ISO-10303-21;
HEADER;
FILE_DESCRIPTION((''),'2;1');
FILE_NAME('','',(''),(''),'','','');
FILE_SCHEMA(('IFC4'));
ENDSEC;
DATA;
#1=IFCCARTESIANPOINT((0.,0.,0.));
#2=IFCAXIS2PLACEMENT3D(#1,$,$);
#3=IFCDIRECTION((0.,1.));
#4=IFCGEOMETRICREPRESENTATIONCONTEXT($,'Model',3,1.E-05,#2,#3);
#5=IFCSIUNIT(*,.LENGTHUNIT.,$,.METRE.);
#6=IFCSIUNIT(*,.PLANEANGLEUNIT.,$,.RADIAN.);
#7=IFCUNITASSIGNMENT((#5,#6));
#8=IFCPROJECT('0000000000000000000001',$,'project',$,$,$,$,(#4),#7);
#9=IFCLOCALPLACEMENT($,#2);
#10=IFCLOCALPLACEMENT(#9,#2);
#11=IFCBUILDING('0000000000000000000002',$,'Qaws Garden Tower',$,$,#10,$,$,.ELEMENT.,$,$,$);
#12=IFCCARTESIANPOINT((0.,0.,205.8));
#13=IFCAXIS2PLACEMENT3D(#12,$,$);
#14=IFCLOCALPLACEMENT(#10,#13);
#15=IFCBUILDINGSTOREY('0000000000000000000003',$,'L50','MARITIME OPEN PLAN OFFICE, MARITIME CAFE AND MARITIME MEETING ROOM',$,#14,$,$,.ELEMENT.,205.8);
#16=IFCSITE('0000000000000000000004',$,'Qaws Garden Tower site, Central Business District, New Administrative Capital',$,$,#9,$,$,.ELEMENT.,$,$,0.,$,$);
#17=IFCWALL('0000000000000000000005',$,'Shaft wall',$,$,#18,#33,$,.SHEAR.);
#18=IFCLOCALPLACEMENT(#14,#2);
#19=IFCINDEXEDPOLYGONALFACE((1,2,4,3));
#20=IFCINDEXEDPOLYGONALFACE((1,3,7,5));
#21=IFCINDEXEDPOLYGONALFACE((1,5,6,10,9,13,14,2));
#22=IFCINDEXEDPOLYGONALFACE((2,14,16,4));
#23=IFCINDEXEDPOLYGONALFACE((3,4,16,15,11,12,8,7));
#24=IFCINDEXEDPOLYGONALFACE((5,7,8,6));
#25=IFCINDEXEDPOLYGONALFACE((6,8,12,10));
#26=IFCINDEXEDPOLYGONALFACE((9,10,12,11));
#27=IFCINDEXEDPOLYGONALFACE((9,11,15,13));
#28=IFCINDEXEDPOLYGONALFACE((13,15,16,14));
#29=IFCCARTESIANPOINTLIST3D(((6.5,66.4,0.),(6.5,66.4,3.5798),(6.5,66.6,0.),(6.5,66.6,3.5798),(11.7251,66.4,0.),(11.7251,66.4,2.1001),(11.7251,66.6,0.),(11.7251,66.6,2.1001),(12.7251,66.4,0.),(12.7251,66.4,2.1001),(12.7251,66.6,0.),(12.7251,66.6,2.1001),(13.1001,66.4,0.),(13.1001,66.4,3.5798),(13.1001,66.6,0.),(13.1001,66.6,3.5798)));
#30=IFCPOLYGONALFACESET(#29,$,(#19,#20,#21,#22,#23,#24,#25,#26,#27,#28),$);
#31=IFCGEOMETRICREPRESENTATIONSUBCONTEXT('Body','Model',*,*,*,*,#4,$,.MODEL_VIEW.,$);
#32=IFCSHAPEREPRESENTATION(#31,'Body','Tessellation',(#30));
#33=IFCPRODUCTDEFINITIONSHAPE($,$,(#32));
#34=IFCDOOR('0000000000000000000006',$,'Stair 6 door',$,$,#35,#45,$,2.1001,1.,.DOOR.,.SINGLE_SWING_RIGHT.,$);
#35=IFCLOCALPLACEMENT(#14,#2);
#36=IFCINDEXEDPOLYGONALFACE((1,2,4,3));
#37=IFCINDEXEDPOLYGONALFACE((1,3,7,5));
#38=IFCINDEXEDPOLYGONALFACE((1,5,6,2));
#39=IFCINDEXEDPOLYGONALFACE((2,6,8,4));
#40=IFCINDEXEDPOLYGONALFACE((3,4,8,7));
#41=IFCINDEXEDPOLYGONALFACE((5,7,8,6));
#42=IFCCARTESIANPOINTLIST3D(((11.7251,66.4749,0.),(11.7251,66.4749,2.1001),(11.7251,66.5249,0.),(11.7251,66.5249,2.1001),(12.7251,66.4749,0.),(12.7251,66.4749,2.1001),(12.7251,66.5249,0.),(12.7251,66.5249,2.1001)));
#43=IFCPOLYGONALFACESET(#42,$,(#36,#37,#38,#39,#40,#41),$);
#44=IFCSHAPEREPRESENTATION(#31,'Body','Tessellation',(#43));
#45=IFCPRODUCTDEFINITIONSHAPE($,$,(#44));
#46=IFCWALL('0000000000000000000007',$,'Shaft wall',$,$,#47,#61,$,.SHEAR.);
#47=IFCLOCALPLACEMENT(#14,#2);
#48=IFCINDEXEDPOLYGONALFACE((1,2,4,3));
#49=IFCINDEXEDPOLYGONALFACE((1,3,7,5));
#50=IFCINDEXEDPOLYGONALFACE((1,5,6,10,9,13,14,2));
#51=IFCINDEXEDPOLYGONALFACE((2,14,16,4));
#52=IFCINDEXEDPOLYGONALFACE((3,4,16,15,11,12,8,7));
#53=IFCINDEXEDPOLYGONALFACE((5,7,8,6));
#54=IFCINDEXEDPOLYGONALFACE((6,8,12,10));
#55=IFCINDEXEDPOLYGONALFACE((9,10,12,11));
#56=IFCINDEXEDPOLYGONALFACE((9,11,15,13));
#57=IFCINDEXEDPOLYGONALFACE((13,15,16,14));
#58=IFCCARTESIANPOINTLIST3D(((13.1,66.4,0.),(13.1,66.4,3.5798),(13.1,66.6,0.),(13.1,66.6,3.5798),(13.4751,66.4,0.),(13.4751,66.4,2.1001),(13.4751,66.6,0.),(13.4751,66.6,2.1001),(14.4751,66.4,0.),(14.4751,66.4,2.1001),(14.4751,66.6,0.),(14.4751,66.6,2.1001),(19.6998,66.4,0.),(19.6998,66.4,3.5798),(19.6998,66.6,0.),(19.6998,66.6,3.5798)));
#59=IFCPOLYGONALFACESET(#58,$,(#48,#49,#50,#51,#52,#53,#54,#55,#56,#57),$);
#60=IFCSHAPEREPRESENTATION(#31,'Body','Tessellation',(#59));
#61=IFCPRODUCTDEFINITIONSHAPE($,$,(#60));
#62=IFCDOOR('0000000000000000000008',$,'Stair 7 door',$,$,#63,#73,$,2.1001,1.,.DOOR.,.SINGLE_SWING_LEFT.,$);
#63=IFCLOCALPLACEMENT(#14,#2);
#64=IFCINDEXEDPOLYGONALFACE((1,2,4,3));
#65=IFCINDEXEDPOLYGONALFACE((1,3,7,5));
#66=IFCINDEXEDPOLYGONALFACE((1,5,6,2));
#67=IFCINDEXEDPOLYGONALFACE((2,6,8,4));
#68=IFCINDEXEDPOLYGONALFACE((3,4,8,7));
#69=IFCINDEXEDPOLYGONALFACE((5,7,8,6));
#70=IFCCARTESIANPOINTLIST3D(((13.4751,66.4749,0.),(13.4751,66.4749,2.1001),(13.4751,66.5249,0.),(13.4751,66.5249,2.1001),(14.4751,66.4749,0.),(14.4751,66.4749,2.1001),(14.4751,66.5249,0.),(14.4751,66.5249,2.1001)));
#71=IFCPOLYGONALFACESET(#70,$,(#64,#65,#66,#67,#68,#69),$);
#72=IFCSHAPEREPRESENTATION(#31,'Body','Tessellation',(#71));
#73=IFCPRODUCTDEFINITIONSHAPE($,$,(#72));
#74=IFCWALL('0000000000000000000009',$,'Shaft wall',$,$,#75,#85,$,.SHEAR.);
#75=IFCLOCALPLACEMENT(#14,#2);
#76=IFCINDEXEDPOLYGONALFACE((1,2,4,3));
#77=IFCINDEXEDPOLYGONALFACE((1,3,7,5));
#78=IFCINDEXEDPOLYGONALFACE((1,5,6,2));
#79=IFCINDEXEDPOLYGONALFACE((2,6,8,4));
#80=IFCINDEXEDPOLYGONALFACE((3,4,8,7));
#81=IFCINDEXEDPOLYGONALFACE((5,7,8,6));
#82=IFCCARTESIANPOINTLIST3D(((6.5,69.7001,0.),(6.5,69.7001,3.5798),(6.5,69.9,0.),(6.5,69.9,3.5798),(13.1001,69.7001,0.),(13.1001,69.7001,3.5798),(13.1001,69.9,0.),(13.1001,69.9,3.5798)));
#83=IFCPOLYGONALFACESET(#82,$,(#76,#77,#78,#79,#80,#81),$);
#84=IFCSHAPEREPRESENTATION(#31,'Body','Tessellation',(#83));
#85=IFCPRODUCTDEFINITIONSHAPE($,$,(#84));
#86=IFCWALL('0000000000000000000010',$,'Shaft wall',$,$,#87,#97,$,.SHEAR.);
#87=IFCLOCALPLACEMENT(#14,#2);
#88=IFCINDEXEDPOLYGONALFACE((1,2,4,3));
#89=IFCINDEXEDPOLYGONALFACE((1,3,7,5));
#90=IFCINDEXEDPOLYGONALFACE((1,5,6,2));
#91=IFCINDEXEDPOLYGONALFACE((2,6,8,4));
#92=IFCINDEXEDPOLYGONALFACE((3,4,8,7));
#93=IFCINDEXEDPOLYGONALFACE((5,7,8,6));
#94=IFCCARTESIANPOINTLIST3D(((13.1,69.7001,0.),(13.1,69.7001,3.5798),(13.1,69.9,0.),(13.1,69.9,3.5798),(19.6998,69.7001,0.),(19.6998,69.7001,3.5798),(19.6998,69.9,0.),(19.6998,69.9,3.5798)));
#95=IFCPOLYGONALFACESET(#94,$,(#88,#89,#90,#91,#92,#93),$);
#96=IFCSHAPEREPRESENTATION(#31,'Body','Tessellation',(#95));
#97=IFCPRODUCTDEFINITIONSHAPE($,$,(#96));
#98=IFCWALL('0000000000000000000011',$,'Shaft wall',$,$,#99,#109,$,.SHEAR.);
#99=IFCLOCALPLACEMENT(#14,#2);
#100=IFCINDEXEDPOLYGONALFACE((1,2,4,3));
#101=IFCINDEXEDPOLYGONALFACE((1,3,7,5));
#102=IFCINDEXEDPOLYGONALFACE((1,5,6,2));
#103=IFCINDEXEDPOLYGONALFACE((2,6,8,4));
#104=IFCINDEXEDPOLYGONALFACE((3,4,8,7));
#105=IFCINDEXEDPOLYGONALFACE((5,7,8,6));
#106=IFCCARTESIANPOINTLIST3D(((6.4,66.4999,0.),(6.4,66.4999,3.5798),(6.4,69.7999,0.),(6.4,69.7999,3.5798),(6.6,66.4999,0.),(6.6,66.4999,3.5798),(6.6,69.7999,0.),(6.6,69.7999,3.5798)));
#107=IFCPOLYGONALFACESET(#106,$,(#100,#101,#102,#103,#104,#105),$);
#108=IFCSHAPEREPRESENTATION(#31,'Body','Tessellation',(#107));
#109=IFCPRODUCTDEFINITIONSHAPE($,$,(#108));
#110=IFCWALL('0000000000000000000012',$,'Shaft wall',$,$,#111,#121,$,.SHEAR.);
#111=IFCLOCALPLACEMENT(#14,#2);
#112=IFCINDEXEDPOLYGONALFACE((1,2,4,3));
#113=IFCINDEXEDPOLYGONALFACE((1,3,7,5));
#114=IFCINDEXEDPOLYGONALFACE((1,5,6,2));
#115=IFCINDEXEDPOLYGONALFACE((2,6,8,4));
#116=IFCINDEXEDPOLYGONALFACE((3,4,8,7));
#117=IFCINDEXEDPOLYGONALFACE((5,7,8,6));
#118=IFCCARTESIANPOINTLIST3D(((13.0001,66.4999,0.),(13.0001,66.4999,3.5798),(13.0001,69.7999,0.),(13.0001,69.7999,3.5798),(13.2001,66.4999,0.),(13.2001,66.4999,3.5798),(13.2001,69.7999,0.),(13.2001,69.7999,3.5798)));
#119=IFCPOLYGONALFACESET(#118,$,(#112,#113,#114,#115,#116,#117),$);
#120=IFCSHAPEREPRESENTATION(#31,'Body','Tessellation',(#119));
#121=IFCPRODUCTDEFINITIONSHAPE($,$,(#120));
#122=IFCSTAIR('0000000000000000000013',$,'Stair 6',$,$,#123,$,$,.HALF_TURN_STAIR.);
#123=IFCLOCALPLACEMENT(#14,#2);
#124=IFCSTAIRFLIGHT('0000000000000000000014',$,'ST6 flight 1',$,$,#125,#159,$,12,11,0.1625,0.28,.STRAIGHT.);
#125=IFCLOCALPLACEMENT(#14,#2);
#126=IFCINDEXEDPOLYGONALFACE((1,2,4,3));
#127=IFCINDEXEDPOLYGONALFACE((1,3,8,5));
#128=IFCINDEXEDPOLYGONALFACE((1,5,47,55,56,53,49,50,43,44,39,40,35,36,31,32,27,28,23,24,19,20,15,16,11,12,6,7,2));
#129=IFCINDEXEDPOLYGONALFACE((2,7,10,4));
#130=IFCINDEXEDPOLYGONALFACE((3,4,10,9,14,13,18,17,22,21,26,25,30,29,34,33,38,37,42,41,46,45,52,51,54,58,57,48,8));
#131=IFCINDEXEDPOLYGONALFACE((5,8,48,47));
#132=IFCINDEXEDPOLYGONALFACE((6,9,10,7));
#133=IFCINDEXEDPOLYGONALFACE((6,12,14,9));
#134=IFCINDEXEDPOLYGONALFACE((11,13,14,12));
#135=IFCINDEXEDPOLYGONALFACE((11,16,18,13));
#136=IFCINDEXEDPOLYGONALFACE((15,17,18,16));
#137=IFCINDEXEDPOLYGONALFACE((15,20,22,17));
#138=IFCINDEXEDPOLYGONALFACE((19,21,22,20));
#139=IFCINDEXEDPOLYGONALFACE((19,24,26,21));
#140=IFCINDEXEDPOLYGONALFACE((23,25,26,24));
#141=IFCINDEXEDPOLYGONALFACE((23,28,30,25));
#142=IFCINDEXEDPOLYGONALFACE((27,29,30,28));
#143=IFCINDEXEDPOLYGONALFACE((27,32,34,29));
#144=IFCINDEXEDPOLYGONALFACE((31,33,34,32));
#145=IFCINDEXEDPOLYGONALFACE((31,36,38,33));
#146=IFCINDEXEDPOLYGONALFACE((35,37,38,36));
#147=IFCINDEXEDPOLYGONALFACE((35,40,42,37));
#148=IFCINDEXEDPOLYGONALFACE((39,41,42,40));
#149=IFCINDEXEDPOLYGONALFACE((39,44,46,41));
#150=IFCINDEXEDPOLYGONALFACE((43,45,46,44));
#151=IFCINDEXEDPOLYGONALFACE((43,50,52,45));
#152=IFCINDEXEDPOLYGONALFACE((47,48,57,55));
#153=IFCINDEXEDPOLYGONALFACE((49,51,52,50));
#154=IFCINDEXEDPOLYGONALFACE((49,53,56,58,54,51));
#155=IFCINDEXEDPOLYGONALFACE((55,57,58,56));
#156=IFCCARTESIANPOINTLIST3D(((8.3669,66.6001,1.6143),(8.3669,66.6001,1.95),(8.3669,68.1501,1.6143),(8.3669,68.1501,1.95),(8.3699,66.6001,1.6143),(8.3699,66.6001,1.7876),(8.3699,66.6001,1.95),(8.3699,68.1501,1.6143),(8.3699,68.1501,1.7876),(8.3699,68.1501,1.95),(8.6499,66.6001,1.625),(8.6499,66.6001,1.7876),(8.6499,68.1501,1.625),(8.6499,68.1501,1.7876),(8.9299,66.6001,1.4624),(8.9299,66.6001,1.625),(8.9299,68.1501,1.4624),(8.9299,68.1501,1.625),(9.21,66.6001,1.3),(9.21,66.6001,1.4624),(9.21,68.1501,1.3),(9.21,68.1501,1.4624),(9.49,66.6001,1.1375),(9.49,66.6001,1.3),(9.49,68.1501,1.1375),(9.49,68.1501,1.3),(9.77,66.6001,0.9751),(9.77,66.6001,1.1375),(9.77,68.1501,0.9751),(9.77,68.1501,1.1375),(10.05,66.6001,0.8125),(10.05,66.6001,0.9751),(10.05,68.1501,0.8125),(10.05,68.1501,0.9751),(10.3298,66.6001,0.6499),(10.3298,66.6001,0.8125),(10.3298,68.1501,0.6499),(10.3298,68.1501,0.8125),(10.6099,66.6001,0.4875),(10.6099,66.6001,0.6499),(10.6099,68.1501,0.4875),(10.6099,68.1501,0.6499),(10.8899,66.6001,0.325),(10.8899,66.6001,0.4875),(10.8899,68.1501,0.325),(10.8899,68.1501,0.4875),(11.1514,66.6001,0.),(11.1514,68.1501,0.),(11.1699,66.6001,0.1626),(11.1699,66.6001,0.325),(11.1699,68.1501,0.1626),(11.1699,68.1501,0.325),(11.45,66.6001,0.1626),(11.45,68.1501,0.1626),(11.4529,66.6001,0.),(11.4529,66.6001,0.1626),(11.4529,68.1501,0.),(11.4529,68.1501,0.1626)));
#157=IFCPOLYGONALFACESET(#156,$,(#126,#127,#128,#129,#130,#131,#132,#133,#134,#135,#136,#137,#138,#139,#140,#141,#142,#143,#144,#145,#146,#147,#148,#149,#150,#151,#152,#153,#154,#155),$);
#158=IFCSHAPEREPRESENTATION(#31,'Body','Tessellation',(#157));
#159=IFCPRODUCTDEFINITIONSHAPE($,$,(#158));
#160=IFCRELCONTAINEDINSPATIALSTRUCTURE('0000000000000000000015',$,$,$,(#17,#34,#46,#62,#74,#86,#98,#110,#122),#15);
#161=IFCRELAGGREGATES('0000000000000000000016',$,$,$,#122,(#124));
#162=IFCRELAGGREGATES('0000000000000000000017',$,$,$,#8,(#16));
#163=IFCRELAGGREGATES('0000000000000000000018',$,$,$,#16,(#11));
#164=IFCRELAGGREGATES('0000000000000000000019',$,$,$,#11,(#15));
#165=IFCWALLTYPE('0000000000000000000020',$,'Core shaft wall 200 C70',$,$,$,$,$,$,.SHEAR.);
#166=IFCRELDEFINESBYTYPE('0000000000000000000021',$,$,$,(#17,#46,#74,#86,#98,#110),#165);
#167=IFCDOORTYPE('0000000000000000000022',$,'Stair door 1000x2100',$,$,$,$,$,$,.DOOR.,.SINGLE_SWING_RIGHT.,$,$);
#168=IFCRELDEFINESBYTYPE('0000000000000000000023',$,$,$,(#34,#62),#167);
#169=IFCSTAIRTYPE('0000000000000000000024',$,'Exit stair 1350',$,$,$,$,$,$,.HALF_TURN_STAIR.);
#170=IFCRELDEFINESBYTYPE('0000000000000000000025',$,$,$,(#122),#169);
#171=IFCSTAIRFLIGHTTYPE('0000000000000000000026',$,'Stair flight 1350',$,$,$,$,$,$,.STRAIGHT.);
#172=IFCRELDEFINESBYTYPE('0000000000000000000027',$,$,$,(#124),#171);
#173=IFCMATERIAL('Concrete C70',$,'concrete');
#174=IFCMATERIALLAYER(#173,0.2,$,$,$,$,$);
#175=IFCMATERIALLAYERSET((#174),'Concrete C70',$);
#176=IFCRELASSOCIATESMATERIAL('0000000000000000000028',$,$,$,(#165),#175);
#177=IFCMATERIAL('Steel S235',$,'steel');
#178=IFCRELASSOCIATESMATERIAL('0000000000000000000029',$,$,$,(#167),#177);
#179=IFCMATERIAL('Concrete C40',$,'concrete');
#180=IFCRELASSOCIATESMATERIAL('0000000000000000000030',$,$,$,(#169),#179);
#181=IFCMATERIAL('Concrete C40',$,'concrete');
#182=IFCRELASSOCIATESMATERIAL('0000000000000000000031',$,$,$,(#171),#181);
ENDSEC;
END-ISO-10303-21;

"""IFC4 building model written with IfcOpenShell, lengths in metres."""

from ifc_helpers import new_model, si_unit, direction, frame, frame_2d, origin, place, context, subcontext, project, spatial, polyline, rectangle, outline, extrude, material, layer, layer_set, type_object, element, fill, aggregate, save


model = new_model("IFC4")

# Units and contexts
model_context = context("Model", 3, precision=1e-05, world=origin(), true_north=direction((0.0, 1.0)))
body_context = subcontext(model_context, "Body", "Model", "MODEL_VIEW")
ifc_project = project(units=[si_unit("LENGTHUNIT", "METRE"), si_unit("PLANEANGLEUNIT", "RADIAN")], contexts=[model_context])

# Site, building, storey
site_placement = place(None, origin())
site = spatial("IfcSite", under=ifc_project, at=site_placement, Name="Qaws Garden Tower site, Central Business District, New Administrative Capital", CompositionType="ELEMENT", RefElevation=0.0)
building_placement = place(site_placement, origin())
building = spatial("IfcBuilding", under=site, at=building_placement, Name="Qaws Garden Tower", CompositionType="ELEMENT")
storey_placement = place(building_placement, frame((0.0, 0.0, 205.8)))
storey = spatial("IfcBuildingStorey", under=building, at=storey_placement, Name="L50", Description="MARITIME OPEN PLAN OFFICE, MARITIME CAFE AND MARITIME MEETING ROOM", CompositionType="ELEMENT", Elevation=205.8)

# Walls, openings, doors
ifc_material_1 = material(Name="Concrete C70", Category="concrete")
ifc_layer_1 = layer(ifc_material_1, 0.2)
ifc_layer_set_1 = layer_set([ifc_layer_1], Name="Concrete C70")
wall_type_1 = type_object("IfcWallType", Name="Core shaft wall 200 C70", PredefinedType="SHEAR", material=ifc_layer_set_1)
wall_1_placement = place(storey_placement, frame((6.5, 66.5, 0.0), z_axis=(0.0, 0.0, 1.0), x_axis=(1.0, 0.0, 0.0)))
wall_1 = element("IfcWall", 1, at=wall_1_placement, inside=storey, type_object=wall_type_1, Name="Shaft wall", PredefinedType="SHEAR", context=body_context, shape_type="SweptSolid", body=[
    extrude(rectangle(XDim=6.6001, YDim=0.2, at=frame_2d((3.3, 0.0))), origin(), (0.0, 0.0, 1.0), 3.5798),
])
opening_1_placement = place(wall_1_placement, frame((5.2251, 0.0, 0.0)))
opening_1 = element("IfcOpeningElement", 2, at=opening_1_placement, cuts=wall_1, PredefinedType="OPENING", context=body_context, shape_type="SweptSolid", body=[
    extrude(rectangle(XDim=1.0, YDim=2.1001, at=frame_2d((0.5, 1.05))), frame((0.0, 0.1099, 0.0), z_axis=(0.0, -1.0, 0.0), x_axis=(1.0, 0.0, 0.0)), (0.0, 0.0, 1.0), 0.22),
])
ifc_material_2 = material(Name="Steel S235", Category="steel")
door_type = type_object("IfcDoorType", Name="Stair door 1000x2100", OperationType="SINGLE_SWING_RIGHT", PredefinedType="DOOR", material=ifc_material_2)
door_1_placement = place(opening_1_placement, origin())
door_1 = element("IfcDoor", 3, at=door_1_placement, inside=storey, type_object=door_type, Name="Stair 6 door", OperationType="SINGLE_SWING_RIGHT", OverallHeight=2.1001, OverallWidth=1.0, PredefinedType="DOOR", context=body_context, shape_type="SweptSolid", body=[
    extrude(rectangle(XDim=1.0, YDim=2.1001, at=frame_2d((0.5, 1.05))), frame((0.0, 0.0249, 0.0), z_axis=(0.0, -1.0, 0.0), x_axis=(1.0, 0.0, 0.0)), (0.0, 0.0, 1.0), 0.05),
])
fill(opening_1, door_1)
wall_2_placement = place(storey_placement, frame((13.1001, 66.5, 0.0), z_axis=(0.0, 0.0, 1.0), x_axis=(1.0, 0.0, 0.0)))
wall_2 = element("IfcWall", 4, at=wall_2_placement, inside=storey, type_object=wall_type_1, Name="Shaft wall", PredefinedType="SHEAR", context=body_context, shape_type="SweptSolid", body=[
    extrude(rectangle(XDim=6.5999, YDim=0.2, at=frame_2d((3.2998, 0.0))), origin(), (0.0, 0.0, 1.0), 3.5798),
])
opening_2_placement = place(wall_2_placement, frame((0.375, 0.0, 0.0)))
opening_2 = element("IfcOpeningElement", 5, at=opening_2_placement, cuts=wall_2, PredefinedType="OPENING", context=body_context, shape_type="SweptSolid", body=[
    extrude(rectangle(XDim=1.0, YDim=2.1001, at=frame_2d((0.5, 1.05))), frame((0.0, 0.1099, 0.0), z_axis=(0.0, -1.0, 0.0), x_axis=(1.0, 0.0, 0.0)), (0.0, 0.0, 1.0), 0.22),
])
door_2_placement = place(opening_2_placement, origin())
door_2 = element("IfcDoor", 6, at=door_2_placement, inside=storey, type_object=door_type, Name="Stair 7 door", OperationType="SINGLE_SWING_LEFT", OverallHeight=2.1001, OverallWidth=1.0, PredefinedType="DOOR", context=body_context, shape_type="SweptSolid", body=[
    extrude(rectangle(XDim=1.0, YDim=2.1001, at=frame_2d((0.5, 1.05))), frame((0.0, 0.0249, 0.0), z_axis=(0.0, -1.0, 0.0), x_axis=(1.0, 0.0, 0.0)), (0.0, 0.0, 1.0), 0.05),
])
fill(opening_2, door_2)

# Walls
wall_3_placement = place(storey_placement, frame((6.5, 69.8, 0.0), z_axis=(0.0, 0.0, 1.0), x_axis=(1.0, 0.0, 0.0)))
element("IfcWall", 7, at=wall_3_placement, inside=storey, type_object=wall_type_1, Name="Shaft wall", PredefinedType="SHEAR", context=body_context, shape_type="SweptSolid", body=[
    extrude(rectangle(XDim=6.6001, YDim=0.2, at=frame_2d((3.3, 0.0))), origin(), (0.0, 0.0, 1.0), 3.5798),
])
wall_4_placement = place(storey_placement, frame((13.1001, 69.8, 0.0), z_axis=(0.0, 0.0, 1.0), x_axis=(1.0, 0.0, 0.0)))
element("IfcWall", 8, at=wall_4_placement, inside=storey, type_object=wall_type_1, Name="Shaft wall", PredefinedType="SHEAR", context=body_context, shape_type="SweptSolid", body=[
    extrude(rectangle(XDim=6.5999, YDim=0.2, at=frame_2d((3.2998, 0.0))), origin(), (0.0, 0.0, 1.0), 3.5798),
])
for number, where, z_axis, x_axis, name in (
    (9, (6.5, 66.5, 0.0), (0.0, 0.0, 1.0), (0.0, 1.0, 0.0), "Shaft wall"),
    (10, (13.1001, 66.5, 0.0), (0.0, 0.0, 1.0), (0.0, 1.0, 0.0), "Shaft wall"),
):
    element("IfcWall", number, at=place(storey_placement, frame(where, z_axis=z_axis, x_axis=x_axis)), inside=storey, type_object=wall_type_1, Name=name, PredefinedType="SHEAR", context=body_context, shape_type="SweptSolid", body=[
        extrude(rectangle(XDim=3.3, YDim=0.2, at=frame_2d((1.6499, 0.0))), origin(), (0.0, 0.0, 1.0), 3.5798),
    ])

# Stair, stair flight
ifc_material_3 = material(Name="Concrete C40", Category="concrete")
stair_type = type_object("IfcStairType", Name="Exit stair 1350", PredefinedType="HALF_TURN_STAIR", material=ifc_material_3)
placement = place(storey_placement, origin())
stair_1 = element("IfcStair", 11, at=placement, inside=storey, type_object=stair_type, Name="Stair 6", PredefinedType="HALF_TURN_STAIR")
ifc_material_4 = material(Name="Concrete C40", Category="concrete")
stair_flight_type = type_object("IfcStairFlightType", Name="Stair flight 1350", PredefinedType="STRAIGHT", material=ifc_material_4)
stair_flight_1_placement = place(storey_placement, frame((11.45, 67.375, 0.0), z_axis=(0.0, 0.0, 1.0), x_axis=(-1.0, 0.0, 0.0)))
stair_flight_1 = element("IfcStairFlight", 12, at=stair_flight_1_placement, type_object=stair_flight_type, Name="ST6 flight 1", NumberOfRisers=12, NumberOfTreads=11, PredefinedType="STRAIGHT", RiserHeight=0.1625, TreadLength=0.28, context=body_context, shape_type="SweptSolid", body=[
    extrude(outline(polyline([(-0.0029, 0.0), (-0.0029, 0.1626), (0.0, 0.1626), (0.28, 0.1626), (0.28, 0.325), (0.5601, 0.325), (0.5601, 0.4875), (0.8401, 0.4875), (0.8401, 0.6499), (1.1201, 0.6499), (1.1201, 0.8125), (1.3999, 0.8125), (1.3999, 0.9751), (1.6799, 0.9751), (1.6799, 1.1375), (1.96, 1.1375), (1.96, 1.3), (2.24, 1.3), (2.24, 1.4624), (2.52, 1.4624), (2.52, 1.625), (2.8, 1.625), (2.8, 1.7876), (3.0801, 1.7876), (3.0801, 1.95), (3.083, 1.95), (3.083, 1.6143), (3.0801, 1.6143), (0.2986, 0.0), (-0.0029, 0.0)])), frame((0.0, 0.7749, 0.0), z_axis=(0.0, -1.0, 0.0), x_axis=(1.0, 0.0, 0.0)), (0.0, 0.0, 1.0), 1.55),
])
aggregate(stair_1, [stair_flight_1])

save(model, "model.ifc")
